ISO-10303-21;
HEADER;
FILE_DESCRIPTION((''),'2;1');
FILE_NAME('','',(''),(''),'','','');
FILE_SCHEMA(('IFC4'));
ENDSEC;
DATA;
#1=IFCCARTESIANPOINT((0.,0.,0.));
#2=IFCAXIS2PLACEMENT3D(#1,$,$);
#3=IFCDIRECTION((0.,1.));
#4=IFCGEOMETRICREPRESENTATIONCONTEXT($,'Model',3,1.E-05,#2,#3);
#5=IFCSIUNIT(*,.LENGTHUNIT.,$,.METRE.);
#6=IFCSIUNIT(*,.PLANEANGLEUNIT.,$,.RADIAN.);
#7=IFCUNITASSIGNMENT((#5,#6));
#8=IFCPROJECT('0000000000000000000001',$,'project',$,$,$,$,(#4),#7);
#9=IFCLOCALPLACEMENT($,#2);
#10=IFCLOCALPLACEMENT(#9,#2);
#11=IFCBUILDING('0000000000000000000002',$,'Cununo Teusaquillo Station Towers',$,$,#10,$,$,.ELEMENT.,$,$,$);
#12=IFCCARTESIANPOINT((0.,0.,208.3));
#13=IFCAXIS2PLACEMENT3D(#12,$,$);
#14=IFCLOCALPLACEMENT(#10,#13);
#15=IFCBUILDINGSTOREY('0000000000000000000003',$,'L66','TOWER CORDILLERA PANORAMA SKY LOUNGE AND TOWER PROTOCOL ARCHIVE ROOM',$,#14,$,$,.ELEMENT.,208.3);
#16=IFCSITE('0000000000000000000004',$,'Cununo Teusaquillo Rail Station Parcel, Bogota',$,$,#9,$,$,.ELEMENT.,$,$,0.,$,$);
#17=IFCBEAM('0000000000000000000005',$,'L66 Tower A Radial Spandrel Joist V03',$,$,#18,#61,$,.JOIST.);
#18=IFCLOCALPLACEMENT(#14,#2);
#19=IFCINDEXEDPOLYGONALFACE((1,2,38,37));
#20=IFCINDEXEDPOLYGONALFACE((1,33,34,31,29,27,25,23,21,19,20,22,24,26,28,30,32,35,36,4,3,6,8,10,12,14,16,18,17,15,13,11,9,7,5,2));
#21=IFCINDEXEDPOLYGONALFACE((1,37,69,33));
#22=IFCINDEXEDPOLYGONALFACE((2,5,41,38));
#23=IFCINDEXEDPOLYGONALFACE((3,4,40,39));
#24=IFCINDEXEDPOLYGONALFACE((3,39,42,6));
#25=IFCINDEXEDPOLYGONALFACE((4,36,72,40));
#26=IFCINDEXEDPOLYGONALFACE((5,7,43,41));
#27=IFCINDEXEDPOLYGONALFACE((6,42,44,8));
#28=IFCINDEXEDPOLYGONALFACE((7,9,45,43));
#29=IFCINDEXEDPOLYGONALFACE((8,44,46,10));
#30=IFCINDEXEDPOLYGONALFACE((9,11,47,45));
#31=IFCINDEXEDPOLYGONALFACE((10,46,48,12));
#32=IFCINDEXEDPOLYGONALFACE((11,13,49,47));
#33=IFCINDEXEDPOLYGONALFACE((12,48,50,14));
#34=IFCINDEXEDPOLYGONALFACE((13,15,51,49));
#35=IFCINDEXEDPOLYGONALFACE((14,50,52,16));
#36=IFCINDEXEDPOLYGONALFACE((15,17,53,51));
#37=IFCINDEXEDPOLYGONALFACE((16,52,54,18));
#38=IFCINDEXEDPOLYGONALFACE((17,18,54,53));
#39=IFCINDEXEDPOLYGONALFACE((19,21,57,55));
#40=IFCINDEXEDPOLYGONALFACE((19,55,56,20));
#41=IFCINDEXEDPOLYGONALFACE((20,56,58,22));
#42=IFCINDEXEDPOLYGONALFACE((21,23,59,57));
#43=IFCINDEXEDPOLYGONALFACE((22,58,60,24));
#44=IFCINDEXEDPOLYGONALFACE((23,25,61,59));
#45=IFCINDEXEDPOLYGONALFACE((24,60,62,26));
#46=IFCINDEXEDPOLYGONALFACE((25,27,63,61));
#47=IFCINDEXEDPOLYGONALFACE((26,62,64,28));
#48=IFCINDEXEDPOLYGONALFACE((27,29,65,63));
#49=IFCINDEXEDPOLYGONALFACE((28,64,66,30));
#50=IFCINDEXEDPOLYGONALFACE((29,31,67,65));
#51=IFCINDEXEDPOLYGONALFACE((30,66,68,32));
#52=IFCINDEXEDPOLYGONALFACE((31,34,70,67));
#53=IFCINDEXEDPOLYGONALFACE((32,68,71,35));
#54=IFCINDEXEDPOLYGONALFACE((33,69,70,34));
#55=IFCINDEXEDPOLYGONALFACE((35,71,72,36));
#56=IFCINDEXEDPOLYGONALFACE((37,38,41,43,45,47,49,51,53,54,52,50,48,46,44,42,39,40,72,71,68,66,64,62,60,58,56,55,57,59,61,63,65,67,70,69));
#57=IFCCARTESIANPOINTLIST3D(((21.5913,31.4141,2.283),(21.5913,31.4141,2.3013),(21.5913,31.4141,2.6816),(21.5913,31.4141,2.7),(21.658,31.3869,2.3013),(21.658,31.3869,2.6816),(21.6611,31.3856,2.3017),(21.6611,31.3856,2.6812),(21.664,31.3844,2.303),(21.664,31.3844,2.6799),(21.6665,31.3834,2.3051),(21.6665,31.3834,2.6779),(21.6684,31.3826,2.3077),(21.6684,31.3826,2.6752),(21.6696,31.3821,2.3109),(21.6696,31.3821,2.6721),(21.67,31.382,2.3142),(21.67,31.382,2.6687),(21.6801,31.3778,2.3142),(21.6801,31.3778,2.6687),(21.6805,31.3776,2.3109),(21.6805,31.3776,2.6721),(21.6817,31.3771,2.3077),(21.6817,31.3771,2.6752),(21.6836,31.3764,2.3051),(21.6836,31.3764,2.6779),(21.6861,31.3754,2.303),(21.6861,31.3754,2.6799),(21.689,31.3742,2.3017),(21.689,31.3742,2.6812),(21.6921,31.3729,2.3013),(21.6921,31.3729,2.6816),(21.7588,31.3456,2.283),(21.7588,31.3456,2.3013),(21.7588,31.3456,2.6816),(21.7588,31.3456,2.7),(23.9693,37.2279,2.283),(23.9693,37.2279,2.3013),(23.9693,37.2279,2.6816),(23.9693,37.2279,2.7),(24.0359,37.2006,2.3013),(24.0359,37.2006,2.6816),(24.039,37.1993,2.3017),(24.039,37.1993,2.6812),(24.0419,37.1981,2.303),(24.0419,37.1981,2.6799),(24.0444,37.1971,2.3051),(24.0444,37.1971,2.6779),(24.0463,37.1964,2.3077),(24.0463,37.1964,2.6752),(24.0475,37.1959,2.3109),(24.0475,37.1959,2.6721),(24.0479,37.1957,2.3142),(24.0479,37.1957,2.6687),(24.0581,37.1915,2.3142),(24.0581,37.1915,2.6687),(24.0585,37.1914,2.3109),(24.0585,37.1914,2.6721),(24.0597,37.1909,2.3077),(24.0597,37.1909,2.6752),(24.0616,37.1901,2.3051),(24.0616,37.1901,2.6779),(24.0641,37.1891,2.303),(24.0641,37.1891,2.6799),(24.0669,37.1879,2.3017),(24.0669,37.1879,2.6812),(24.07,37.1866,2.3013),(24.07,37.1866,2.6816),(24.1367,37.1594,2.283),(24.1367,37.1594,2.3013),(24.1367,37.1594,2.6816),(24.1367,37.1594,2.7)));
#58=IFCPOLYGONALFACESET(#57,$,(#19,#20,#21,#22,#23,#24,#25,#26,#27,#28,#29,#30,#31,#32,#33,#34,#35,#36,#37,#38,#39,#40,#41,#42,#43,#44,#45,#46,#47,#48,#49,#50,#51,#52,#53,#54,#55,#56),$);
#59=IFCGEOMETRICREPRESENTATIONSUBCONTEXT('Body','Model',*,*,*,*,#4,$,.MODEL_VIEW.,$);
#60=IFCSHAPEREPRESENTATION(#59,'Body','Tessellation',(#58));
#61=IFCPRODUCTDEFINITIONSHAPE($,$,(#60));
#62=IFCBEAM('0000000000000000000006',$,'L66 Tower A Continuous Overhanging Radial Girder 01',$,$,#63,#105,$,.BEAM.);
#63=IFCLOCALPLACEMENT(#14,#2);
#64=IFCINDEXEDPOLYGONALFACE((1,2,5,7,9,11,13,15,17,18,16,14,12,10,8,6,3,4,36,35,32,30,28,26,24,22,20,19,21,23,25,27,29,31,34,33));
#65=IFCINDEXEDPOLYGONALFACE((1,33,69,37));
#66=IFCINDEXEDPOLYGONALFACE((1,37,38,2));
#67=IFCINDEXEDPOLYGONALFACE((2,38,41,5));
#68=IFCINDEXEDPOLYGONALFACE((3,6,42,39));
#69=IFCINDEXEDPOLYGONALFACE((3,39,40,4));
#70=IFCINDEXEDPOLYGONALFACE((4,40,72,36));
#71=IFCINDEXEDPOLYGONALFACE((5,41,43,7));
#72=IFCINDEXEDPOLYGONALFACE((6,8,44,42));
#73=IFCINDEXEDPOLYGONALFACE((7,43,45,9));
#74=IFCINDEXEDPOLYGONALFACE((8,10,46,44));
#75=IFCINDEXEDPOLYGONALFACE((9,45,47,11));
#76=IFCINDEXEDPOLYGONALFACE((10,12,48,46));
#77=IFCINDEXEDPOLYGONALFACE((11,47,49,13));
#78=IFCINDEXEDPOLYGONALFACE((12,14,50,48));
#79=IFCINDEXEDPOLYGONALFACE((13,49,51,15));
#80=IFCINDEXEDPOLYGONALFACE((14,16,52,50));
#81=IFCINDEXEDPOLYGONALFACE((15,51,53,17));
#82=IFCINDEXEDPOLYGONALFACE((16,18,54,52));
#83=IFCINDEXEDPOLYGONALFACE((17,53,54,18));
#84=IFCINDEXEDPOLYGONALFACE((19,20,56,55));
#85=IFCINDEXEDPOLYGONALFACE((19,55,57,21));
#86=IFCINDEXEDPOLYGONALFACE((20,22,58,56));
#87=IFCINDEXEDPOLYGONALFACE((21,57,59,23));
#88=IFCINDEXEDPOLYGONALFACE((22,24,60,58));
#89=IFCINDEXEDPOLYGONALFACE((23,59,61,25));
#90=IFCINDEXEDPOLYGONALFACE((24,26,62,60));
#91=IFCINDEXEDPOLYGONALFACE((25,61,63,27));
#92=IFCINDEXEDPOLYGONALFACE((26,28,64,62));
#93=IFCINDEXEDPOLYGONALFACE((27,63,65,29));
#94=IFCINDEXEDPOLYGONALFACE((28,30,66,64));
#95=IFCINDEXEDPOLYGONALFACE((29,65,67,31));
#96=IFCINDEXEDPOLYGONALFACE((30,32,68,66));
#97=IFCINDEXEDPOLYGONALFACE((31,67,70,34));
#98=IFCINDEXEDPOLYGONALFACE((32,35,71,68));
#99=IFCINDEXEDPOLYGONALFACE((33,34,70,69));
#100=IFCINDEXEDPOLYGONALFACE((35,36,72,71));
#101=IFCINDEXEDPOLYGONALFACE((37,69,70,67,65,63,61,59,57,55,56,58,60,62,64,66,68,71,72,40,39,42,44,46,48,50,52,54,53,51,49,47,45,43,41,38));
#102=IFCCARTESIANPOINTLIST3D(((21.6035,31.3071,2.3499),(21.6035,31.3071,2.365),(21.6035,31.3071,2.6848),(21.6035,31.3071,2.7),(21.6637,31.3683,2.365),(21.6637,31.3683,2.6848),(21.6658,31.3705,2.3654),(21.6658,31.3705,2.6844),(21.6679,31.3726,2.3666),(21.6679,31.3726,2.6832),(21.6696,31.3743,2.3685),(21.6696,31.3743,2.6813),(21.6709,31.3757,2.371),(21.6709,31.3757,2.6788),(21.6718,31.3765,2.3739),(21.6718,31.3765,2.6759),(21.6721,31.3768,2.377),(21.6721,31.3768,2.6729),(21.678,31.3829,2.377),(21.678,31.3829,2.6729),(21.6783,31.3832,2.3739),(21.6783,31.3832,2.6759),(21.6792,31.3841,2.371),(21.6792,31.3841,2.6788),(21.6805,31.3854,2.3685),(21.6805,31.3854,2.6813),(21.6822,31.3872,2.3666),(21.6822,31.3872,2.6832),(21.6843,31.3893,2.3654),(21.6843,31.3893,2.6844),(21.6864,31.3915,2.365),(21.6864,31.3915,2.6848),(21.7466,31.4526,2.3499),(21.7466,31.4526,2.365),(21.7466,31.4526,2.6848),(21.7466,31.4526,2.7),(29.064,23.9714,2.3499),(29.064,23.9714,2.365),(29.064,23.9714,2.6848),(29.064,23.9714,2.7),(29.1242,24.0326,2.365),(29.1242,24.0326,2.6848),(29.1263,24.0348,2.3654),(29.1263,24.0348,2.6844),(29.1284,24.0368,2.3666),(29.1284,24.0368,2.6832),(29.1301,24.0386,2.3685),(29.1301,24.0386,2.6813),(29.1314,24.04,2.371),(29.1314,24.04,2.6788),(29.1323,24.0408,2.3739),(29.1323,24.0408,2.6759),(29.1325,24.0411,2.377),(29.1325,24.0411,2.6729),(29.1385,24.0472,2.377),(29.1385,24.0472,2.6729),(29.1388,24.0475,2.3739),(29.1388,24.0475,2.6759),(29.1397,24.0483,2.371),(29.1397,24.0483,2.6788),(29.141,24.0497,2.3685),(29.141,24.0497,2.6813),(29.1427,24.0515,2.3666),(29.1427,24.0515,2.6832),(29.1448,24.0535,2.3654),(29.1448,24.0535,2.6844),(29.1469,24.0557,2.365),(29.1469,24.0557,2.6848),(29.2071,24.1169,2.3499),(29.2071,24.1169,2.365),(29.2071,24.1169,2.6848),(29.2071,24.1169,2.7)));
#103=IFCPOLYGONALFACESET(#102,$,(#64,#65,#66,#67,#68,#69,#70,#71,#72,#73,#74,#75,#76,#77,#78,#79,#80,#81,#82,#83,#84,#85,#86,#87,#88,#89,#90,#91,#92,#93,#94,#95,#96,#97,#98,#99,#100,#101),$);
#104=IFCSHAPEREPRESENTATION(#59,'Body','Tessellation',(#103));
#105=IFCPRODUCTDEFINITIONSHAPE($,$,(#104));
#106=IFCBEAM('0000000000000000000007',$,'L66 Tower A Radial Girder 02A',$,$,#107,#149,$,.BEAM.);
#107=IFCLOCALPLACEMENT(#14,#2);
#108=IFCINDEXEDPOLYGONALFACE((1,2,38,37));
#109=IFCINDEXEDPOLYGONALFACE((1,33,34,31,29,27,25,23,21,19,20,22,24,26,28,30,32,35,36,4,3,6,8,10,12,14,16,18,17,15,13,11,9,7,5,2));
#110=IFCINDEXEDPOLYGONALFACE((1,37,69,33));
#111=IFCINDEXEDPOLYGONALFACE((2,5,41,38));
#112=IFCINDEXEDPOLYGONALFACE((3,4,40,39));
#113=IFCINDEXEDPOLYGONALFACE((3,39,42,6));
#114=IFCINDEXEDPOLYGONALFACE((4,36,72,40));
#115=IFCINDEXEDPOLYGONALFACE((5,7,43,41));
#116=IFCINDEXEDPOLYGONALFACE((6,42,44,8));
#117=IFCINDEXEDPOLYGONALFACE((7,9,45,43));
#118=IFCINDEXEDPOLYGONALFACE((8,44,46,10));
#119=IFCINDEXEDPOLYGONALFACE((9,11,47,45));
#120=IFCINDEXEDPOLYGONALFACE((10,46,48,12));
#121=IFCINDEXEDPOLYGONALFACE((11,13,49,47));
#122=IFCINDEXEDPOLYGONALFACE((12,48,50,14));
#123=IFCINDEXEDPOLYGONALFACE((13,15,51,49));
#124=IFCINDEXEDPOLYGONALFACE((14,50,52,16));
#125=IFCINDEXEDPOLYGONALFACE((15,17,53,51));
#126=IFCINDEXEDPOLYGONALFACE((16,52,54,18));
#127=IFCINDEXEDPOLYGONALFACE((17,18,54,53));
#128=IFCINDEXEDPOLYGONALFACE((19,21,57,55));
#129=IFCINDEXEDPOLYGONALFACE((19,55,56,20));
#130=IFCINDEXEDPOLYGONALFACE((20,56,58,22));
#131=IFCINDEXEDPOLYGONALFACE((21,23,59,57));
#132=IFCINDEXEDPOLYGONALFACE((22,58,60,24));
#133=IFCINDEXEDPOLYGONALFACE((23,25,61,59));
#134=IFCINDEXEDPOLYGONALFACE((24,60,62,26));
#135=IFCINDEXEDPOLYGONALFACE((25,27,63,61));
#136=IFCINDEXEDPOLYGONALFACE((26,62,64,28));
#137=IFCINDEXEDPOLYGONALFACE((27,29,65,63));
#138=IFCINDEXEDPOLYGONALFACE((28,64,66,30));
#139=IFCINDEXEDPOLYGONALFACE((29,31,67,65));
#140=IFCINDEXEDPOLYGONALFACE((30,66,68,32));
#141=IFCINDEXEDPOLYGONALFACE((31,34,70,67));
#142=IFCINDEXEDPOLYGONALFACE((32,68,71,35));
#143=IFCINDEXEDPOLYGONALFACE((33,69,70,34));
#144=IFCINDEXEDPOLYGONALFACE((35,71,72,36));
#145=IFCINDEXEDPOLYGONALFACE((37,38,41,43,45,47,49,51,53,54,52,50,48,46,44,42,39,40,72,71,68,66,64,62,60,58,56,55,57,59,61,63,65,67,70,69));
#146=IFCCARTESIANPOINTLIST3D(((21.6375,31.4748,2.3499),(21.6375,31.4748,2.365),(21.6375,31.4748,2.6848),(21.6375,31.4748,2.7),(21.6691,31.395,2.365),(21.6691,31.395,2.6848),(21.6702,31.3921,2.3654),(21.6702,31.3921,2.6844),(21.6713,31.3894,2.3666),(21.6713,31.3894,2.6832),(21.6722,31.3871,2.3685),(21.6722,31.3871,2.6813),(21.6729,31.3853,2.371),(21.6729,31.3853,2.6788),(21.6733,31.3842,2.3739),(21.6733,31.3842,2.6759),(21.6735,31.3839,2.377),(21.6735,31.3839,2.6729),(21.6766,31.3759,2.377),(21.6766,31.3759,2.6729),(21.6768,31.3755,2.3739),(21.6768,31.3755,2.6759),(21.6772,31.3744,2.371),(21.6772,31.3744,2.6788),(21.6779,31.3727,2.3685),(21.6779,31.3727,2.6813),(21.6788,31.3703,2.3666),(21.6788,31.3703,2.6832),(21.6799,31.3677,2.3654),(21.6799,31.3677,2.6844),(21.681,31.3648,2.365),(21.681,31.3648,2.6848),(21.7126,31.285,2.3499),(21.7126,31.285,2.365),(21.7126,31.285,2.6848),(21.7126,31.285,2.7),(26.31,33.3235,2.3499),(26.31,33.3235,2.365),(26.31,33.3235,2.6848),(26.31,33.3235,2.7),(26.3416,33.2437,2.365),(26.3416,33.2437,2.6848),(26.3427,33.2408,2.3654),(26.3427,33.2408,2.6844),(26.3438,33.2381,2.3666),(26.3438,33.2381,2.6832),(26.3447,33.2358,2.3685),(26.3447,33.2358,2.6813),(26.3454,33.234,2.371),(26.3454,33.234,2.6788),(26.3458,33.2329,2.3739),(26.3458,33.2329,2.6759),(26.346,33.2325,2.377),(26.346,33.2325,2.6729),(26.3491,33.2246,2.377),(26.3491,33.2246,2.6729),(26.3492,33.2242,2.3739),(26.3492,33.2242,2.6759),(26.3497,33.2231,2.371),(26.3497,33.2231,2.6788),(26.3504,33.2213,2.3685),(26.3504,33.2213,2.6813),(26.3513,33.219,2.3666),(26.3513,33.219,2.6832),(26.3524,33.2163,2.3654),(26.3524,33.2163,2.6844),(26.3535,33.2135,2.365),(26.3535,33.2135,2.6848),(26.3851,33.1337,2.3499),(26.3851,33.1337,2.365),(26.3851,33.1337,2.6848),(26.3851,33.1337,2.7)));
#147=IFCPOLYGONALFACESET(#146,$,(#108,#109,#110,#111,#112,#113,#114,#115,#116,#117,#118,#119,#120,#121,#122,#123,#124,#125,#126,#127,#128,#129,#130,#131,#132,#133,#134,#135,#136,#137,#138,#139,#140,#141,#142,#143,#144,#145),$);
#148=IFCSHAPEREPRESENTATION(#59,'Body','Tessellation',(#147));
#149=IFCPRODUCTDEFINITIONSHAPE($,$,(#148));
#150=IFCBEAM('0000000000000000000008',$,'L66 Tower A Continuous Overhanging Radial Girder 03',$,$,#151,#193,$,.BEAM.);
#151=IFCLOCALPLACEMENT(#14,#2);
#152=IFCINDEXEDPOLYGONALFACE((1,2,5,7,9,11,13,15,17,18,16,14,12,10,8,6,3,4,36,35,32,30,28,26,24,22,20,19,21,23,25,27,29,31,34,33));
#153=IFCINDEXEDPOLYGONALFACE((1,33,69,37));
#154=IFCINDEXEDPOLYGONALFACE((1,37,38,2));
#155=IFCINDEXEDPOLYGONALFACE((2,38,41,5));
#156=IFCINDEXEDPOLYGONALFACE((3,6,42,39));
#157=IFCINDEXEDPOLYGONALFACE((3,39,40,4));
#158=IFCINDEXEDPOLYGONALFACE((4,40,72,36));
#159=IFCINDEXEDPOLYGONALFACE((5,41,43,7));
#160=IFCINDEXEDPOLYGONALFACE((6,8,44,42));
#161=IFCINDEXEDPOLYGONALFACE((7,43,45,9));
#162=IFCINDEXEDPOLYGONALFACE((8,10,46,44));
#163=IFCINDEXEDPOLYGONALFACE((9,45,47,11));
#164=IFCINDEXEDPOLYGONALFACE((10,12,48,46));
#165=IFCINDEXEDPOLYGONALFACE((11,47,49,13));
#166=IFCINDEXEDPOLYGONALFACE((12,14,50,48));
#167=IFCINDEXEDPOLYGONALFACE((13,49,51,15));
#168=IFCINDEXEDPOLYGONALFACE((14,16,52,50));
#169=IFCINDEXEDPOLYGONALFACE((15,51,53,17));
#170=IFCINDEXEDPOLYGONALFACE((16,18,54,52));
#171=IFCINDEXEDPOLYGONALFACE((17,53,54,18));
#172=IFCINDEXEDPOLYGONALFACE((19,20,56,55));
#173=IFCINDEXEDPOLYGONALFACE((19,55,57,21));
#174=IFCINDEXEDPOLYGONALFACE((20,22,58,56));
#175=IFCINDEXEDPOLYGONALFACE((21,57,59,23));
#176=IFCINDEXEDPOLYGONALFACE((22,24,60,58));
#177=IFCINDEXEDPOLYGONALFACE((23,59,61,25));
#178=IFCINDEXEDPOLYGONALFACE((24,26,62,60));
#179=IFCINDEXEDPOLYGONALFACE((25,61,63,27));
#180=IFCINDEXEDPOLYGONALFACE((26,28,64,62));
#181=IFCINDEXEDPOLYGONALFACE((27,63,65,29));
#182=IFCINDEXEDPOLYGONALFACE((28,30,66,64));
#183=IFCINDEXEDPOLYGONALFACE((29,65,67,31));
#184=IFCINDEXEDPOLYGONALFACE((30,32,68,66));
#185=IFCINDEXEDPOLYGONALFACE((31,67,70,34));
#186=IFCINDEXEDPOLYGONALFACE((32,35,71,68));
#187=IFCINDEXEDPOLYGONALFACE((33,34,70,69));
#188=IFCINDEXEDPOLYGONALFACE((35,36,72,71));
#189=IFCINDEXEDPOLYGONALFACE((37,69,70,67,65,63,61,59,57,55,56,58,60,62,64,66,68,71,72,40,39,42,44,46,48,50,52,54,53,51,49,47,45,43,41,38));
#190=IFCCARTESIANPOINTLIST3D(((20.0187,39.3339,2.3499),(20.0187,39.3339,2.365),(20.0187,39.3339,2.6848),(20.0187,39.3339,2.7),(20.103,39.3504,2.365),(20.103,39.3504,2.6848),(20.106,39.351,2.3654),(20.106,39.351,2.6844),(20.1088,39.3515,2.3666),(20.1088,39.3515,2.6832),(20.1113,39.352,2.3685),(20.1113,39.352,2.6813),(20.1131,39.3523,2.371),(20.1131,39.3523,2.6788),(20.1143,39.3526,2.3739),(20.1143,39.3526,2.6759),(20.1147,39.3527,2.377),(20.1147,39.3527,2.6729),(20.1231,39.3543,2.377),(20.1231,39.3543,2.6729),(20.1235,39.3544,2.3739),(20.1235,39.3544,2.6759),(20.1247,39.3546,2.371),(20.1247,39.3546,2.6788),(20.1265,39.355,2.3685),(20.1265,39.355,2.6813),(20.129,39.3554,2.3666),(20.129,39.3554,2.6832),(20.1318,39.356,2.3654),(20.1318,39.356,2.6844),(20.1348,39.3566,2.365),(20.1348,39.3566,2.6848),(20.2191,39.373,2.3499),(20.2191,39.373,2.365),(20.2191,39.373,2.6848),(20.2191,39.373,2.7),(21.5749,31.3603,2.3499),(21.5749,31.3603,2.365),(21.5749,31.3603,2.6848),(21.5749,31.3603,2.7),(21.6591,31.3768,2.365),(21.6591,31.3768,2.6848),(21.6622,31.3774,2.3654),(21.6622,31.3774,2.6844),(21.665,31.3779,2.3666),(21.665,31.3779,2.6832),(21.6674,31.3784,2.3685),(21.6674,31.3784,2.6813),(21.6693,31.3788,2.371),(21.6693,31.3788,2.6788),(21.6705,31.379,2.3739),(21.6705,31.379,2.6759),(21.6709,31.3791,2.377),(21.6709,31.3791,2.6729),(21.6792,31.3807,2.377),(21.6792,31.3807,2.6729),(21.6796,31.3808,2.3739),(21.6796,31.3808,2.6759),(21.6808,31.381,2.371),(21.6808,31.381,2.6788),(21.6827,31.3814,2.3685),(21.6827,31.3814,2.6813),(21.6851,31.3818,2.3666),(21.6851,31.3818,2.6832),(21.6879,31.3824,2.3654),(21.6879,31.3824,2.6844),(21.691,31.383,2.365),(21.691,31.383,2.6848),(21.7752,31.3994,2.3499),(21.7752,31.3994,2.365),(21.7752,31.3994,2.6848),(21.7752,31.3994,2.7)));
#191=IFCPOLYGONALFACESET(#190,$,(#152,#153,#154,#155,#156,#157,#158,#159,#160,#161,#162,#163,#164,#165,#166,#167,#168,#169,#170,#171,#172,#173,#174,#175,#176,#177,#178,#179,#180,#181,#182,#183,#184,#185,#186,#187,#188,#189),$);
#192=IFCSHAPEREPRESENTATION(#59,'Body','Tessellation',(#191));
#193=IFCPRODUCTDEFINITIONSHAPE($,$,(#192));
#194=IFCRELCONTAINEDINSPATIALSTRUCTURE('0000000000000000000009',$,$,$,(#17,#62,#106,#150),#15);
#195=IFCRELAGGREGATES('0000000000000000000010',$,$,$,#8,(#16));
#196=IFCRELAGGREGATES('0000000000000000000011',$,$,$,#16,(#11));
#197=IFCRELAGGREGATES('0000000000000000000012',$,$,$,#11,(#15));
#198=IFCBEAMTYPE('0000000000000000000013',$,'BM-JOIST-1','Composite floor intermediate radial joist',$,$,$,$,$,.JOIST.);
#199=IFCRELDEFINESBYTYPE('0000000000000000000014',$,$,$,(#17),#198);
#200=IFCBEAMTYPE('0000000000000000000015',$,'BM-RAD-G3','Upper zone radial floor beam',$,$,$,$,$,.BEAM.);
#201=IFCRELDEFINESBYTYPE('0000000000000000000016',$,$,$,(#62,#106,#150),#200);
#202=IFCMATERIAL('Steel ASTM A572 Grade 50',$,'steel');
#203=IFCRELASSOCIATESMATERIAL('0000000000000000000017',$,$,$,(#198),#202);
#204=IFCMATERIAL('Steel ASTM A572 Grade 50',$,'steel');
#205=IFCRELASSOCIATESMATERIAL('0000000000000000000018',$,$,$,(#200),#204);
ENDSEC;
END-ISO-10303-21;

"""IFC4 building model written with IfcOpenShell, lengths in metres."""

from ifc_helpers import new_model, si_unit, direction, frame, origin, origin_2d, place, context, subcontext, project, spatial, i_section, extrude, material, material_profile, profile_set, type_object, element, save


model = new_model("IFC4")

# Units and contexts
model_context = context("Model", 3, precision=1e-05, world=origin(), true_north=direction((0.0, 1.0)))
body_context = subcontext(model_context, "Body", "Model", "MODEL_VIEW")
ifc_project = project(units=[si_unit("LENGTHUNIT", "METRE"), si_unit("PLANEANGLEUNIT", "RADIAN")], contexts=[model_context])

# Site, building, storey
site_placement = place(None, origin())
site = spatial("IfcSite", under=ifc_project, at=site_placement, Name="Cununo Teusaquillo Rail Station Parcel, Bogota", CompositionType="ELEMENT", RefElevation=0.0)
building_placement = place(site_placement, origin())
building = spatial("IfcBuilding", under=site, at=building_placement, Name="Cununo Teusaquillo Station Towers", CompositionType="ELEMENT")
storey_placement = place(building_placement, frame((0.0, 0.0, 208.3)))
storey = spatial("IfcBuildingStorey", under=building, at=storey_placement, Name="L66", Description="TOWER CORDILLERA PANORAMA SKY LOUNGE AND TOWER PROTOCOL ARCHIVE ROOM", CompositionType="ELEMENT", Elevation=208.3)

# Beams
ifc_material_1 = material(Name="Steel ASTM A572 Grade 50", Category="steel")
ifc_material_profile_1 = material_profile(ifc_material_1, i_section(OverallWidth=0.1809, OverallDepth=0.417, WebThickness=0.011, FlangeThickness=0.0183, FilletRadius=0.0129, at=origin_2d()), Name="W16X57")
ifc_profile_set_1 = profile_set([ifc_material_profile_1], Name="Steel ASTM A572 Grade 50")
beam_type_1 = type_object("IfcBeamType", Name="BM-JOIST-1", Description="Composite floor intermediate radial joist", PredefinedType="JOIST", material=ifc_profile_set_1)
beam_1_placement = place(storey_placement, frame((21.675, 31.3799, 2.4915), z_axis=(0.378577, 0.92557, 0.0), x_axis=(-0.92557, 0.378577, 0.0)))
element("IfcBeam", 1, at=beam_1_placement, inside=storey, type_object=beam_type_1, Name="L66 Tower A Radial Spandrel Joist V03", PredefinedType="JOIST", context=body_context, shape_type="SweptSolid", body=[
    extrude(i_section(OverallWidth=0.1809, OverallDepth=0.417, WebThickness=0.011, FlangeThickness=0.0183, FilletRadius=0.0129, at=origin_2d()), origin(), (0.0, 0.0, 1.0), 6.2812),
])
ifc_material_2 = material(Name="Steel ASTM A572 Grade 50", Category="steel")
ifc_material_profile_2 = material_profile(ifc_material_2, i_section(OverallWidth=0.2041, OverallDepth=0.3501, WebThickness=0.0085, FlangeThickness=0.0151, FilletRadius=0.012, at=origin_2d()), Name="W14X48")
ifc_profile_set_2 = profile_set([ifc_material_profile_2], Name="Steel ASTM A572 Grade 50")
beam_type_2 = type_object("IfcBeamType", Name="BM-RAD-G3", Description="Upper zone radial floor beam", PredefinedType="BEAM", material=ifc_profile_set_2)
beam_2_placement = place(storey_placement, frame((21.675, 31.3799, 2.5249), z_axis=(0.713044, -0.70112, 0.0), x_axis=(0.70112, 0.713044, 0.0)))
element("IfcBeam", 2, at=beam_2_placement, inside=storey, type_object=beam_type_2, Name="L66 Tower A Continuous Overhanging Radial Girder 01", PredefinedType="BEAM", context=body_context, shape_type="SweptSolid", body=[
    extrude(i_section(OverallWidth=0.2041, OverallDepth=0.3501, WebThickness=0.0085, FlangeThickness=0.0151, FilletRadius=0.012, at=origin_2d()), origin(), (0.0, 0.0, 1.0), 10.4629),
])
beam_3_placement = place(storey_placement, frame((21.675, 31.3799, 2.5249), z_axis=(0.929864, 0.367903, 0.0), x_axis=(-0.367903, 0.929864, 0.0)))
element("IfcBeam", 3, at=beam_3_placement, inside=storey, type_object=beam_type_2, Name="L66 Tower A Radial Girder 02A", PredefinedType="BEAM", context=body_context, shape_type="SweptSolid", body=[
    extrude(i_section(OverallWidth=0.2041, OverallDepth=0.3501, WebThickness=0.0085, FlangeThickness=0.0151, FilletRadius=0.012, at=origin_2d()), origin(), (0.0, 0.0, 1.0), 5.0249),
])
beam_4_placement = place(storey_placement, frame((21.675, 31.3799, 2.5249), z_axis=(-0.191548, 0.981483, 0.0), x_axis=(-0.981483, -0.191548, 0.0)))
element("IfcBeam", 4, at=beam_4_placement, inside=storey, type_object=beam_type_2, Name="L66 Tower A Continuous Overhanging Radial Girder 03", PredefinedType="BEAM", context=body_context, shape_type="SweptSolid", body=[
    extrude(i_section(OverallWidth=0.2041, OverallDepth=0.3501, WebThickness=0.0085, FlangeThickness=0.0151, FilletRadius=0.012, at=origin_2d()), origin(), (0.0, 0.0, 1.0), 8.124),
])

save(model, "model.ifc")
